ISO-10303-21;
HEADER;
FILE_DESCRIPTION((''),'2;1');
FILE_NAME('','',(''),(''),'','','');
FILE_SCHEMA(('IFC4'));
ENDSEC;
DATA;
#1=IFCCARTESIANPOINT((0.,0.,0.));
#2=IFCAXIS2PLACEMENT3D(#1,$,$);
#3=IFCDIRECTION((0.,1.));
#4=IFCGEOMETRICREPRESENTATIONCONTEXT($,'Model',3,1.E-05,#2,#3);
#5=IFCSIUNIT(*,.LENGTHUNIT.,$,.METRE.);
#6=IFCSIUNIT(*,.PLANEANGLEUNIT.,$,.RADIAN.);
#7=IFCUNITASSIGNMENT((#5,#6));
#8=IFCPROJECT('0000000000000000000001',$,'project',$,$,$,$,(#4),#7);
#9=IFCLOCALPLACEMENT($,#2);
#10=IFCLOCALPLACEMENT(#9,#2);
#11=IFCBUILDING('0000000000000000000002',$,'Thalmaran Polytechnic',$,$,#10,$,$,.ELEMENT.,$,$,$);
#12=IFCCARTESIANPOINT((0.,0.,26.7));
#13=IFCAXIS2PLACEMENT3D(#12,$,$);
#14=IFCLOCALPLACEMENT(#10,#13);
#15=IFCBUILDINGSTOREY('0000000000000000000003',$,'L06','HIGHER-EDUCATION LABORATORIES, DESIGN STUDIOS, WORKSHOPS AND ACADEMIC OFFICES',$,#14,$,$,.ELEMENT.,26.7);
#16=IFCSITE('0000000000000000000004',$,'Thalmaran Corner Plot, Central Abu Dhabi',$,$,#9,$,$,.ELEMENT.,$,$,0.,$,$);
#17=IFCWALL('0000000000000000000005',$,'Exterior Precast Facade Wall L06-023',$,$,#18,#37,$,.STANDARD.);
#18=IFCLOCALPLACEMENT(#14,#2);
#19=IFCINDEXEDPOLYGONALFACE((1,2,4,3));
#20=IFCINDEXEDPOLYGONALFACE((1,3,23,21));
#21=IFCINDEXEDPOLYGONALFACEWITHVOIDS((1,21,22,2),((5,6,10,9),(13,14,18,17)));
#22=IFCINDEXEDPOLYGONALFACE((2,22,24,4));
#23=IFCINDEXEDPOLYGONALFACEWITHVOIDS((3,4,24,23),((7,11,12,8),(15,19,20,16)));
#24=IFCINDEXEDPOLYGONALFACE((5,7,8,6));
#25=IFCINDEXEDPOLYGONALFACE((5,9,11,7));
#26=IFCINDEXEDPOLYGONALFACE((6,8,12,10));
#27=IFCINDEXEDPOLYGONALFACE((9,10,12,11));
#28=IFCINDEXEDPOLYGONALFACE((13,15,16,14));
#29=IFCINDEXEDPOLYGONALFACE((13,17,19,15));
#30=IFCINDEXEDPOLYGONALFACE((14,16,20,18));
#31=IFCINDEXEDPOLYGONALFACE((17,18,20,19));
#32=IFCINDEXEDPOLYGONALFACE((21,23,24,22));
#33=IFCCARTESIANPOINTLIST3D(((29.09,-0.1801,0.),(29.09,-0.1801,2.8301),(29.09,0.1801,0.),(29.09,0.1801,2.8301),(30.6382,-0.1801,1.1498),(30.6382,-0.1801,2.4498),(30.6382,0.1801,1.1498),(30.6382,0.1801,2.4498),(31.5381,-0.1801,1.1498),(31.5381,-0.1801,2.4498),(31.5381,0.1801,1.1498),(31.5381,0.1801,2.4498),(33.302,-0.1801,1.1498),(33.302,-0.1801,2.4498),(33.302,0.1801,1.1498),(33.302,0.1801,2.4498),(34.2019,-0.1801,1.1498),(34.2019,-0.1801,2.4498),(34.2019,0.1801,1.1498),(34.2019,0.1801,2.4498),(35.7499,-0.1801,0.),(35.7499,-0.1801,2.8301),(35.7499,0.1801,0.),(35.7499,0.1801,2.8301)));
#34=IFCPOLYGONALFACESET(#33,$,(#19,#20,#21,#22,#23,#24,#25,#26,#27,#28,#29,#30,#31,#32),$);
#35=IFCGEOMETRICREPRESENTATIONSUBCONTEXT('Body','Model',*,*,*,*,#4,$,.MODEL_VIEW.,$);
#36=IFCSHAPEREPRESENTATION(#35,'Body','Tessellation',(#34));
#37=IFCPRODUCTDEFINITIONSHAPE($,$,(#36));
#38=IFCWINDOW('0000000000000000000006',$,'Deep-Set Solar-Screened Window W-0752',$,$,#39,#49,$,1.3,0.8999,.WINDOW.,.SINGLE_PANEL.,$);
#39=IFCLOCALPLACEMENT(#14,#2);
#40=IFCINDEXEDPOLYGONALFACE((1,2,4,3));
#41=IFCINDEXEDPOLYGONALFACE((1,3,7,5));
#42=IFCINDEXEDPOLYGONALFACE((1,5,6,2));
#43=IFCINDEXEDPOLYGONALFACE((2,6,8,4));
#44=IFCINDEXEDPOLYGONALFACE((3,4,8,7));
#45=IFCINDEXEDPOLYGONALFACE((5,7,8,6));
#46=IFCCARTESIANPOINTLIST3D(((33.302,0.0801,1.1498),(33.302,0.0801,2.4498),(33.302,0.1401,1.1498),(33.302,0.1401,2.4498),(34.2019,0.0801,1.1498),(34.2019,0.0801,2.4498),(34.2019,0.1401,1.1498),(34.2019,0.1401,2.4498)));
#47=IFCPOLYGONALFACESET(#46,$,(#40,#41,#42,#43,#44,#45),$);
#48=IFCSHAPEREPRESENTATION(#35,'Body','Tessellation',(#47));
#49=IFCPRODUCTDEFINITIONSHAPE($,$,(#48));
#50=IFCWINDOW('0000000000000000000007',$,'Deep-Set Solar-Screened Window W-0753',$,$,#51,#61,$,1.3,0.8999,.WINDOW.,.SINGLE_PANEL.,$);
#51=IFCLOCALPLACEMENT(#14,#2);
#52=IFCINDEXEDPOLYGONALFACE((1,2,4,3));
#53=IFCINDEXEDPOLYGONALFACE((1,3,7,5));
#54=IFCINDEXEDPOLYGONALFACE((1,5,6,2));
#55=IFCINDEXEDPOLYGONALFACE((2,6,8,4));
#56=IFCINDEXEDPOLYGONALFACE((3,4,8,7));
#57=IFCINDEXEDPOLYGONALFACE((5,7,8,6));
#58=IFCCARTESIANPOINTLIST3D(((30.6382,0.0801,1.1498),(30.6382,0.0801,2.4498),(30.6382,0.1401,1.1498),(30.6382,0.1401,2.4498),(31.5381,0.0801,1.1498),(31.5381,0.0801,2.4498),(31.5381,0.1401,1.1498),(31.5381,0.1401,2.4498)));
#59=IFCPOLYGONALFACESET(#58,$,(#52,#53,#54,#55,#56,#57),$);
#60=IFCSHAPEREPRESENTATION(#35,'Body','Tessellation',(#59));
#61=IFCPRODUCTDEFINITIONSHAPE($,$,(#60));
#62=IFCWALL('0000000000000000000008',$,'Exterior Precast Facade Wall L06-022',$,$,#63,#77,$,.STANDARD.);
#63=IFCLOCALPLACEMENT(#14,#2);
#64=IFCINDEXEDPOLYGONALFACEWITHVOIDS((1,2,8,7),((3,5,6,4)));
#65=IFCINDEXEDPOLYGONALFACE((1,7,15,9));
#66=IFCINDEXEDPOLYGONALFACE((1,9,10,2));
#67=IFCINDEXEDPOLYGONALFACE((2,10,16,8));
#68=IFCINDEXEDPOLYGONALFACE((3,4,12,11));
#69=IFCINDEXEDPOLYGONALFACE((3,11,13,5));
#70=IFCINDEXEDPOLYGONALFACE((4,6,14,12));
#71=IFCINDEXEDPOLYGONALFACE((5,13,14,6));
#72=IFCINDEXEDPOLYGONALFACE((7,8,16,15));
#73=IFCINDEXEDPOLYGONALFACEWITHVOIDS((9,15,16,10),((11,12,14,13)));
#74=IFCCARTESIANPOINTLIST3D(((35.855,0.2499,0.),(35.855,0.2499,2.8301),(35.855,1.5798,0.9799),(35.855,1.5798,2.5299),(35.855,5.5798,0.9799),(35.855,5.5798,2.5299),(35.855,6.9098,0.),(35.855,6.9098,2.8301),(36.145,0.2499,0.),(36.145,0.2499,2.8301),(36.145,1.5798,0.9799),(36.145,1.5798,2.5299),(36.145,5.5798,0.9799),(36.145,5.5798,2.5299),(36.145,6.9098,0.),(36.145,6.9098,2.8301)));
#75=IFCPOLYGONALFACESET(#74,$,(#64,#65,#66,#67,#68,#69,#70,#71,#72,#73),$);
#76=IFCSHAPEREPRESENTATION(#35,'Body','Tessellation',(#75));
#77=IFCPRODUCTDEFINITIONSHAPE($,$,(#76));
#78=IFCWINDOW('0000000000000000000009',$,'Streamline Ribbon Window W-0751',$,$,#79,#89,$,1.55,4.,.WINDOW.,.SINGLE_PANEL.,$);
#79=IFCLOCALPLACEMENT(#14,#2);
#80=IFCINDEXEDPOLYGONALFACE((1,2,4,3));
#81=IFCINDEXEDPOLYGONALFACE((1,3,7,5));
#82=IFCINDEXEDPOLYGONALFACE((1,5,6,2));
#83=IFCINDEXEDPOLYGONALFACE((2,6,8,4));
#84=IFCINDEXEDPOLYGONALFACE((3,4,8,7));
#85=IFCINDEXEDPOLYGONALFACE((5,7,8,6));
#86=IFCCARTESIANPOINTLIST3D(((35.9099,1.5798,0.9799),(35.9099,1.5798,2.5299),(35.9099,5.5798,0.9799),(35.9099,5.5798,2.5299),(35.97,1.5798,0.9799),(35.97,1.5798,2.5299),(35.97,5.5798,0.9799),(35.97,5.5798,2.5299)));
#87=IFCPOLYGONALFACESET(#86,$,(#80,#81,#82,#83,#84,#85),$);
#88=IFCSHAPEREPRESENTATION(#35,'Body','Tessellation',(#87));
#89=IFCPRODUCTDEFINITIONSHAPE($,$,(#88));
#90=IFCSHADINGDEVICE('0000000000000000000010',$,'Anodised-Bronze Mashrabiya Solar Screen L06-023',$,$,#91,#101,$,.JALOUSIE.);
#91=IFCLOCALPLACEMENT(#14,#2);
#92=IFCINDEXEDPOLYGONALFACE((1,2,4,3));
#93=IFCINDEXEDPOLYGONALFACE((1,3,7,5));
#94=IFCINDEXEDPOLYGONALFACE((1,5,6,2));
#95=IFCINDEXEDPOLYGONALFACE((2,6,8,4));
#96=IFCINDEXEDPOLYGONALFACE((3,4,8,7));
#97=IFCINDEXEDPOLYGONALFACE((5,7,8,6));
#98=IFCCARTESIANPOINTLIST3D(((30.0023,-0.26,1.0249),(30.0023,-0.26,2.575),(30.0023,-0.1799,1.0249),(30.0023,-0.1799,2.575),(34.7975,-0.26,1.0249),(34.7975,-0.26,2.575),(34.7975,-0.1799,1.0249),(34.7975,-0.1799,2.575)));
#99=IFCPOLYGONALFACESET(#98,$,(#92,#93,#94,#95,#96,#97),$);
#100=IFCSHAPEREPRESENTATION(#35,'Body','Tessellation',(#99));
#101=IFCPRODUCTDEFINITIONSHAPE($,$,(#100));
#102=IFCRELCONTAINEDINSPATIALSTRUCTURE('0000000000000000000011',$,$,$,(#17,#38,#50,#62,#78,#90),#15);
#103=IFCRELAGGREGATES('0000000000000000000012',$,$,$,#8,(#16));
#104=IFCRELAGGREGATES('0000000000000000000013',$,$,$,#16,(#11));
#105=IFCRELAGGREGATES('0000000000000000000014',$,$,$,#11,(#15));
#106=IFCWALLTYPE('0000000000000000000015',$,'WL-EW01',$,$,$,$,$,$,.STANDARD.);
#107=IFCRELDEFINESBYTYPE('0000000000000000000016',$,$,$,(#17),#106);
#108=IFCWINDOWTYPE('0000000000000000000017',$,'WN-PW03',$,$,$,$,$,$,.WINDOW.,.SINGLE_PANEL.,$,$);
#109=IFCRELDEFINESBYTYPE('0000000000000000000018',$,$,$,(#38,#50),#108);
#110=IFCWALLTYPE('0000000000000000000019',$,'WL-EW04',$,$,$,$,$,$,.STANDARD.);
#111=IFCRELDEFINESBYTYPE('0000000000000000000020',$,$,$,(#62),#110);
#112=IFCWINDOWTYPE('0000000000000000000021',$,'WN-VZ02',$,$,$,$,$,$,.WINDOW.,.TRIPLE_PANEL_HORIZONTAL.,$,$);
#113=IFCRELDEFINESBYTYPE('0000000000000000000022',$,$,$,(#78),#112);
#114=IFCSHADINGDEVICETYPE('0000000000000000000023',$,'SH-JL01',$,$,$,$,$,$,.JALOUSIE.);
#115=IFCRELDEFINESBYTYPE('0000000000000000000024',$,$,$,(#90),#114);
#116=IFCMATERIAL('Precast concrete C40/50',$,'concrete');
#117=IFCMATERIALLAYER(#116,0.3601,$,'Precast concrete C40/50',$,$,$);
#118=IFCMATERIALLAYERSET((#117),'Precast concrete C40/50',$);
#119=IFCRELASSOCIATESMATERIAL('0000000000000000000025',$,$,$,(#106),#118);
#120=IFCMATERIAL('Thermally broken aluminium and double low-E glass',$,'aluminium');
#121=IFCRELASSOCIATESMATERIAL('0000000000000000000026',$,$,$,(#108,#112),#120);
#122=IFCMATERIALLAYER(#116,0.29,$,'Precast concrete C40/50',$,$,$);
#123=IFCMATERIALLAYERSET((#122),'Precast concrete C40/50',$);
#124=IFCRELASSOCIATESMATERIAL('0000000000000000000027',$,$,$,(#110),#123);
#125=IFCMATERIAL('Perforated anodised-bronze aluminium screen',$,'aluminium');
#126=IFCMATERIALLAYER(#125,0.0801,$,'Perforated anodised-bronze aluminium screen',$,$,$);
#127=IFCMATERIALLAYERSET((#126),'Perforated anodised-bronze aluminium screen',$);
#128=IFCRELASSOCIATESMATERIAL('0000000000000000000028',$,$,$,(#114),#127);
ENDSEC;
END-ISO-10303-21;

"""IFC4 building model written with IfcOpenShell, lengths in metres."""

from ifc_helpers import new_model, si_unit, direction, frame, frame_2d, origin, origin_2d, place, context, subcontext, project, spatial, rectangle, extrude, material, layer, layer_set, type_object, element, fill, save


model = new_model("IFC4")

# Units and contexts
model_context = context("Model", 3, precision=1e-05, world=origin(), true_north=direction((0.0, 1.0)))
body_context = subcontext(model_context, "Body", "Model", "MODEL_VIEW")
ifc_project = project(units=[si_unit("LENGTHUNIT", "METRE"), si_unit("PLANEANGLEUNIT", "RADIAN")], contexts=[model_context])

# Site, building, storey
site_placement = place(None, origin())
site = spatial("IfcSite", under=ifc_project, at=site_placement, Name="Thalmaran Corner Plot, Central Abu Dhabi", CompositionType="ELEMENT", RefElevation=0.0)
building_placement = place(site_placement, origin())
building = spatial("IfcBuilding", under=site, at=building_placement, Name="Thalmaran Polytechnic", CompositionType="ELEMENT")
storey_placement = place(building_placement, frame((0.0, 0.0, 26.7)))
storey = spatial("IfcBuildingStorey", under=building, at=storey_placement, Name="L06", Description="HIGHER-EDUCATION LABORATORIES, DESIGN STUDIOS, WORKSHOPS AND ACADEMIC OFFICES", CompositionType="ELEMENT", Elevation=26.7)

# Wall, openings, windows
ifc_material_1 = material(Name="Precast concrete C40/50", Category="concrete")
ifc_layer_1 = layer(ifc_material_1, 0.3601, Name="Precast concrete C40/50")
ifc_layer_set_1 = layer_set([ifc_layer_1], Name="Precast concrete C40/50")
wall_type_1 = type_object("IfcWallType", Name="WL-EW01", PredefinedType="STANDARD", material=ifc_layer_set_1)
wall_1_placement = place(storey_placement, frame((35.75, 0.0, 0.0), z_axis=(0.0, 0.0, 1.0), x_axis=(-1.0, 0.0, 0.0)))
wall_1 = element("IfcWall", 1, at=wall_1_placement, inside=storey, type_object=wall_type_1, Name="Exterior Precast Facade Wall L06-023", PredefinedType="STANDARD", context=body_context, shape_type="SweptSolid", body=[
    extrude(rectangle(XDim=6.6599, YDim=0.3601, at=frame_2d((3.3301, 0.0))), origin(), (0.0, 0.0, 1.0), 2.8301),
])
opening_1_placement = place(wall_1_placement, frame((1.5481, 0.0, 1.1499)))
opening_1 = element("IfcOpeningElement", 2, at=opening_1_placement, cuts=wall_1, PredefinedType="OPENING", context=body_context, shape_type="SweptSolid", body=[
    extrude(rectangle(XDim=0.8999, YDim=1.3, at=frame_2d((0.45, 0.6499))), frame((0.0, 0.1899, 0.0), z_axis=(0.0, -1.0, 0.0), x_axis=(1.0, 0.0, 0.0)), (0.0, 0.0, 1.0), 0.3801),
])
opening_2_placement = place(wall_1_placement, frame((4.2119, 0.0, 1.1499)))
opening_2 = element("IfcOpeningElement", 3, at=opening_2_placement, cuts=wall_1, PredefinedType="OPENING", context=body_context, shape_type="SweptSolid", body=[
    extrude(rectangle(XDim=0.8999, YDim=1.3, at=frame_2d((0.45, 0.6499))), frame((0.0, 0.1899, 0.0), z_axis=(0.0, -1.0, 0.0), x_axis=(1.0, 0.0, 0.0)), (0.0, 0.0, 1.0), 0.3801),
])
ifc_material_2 = material(Name="Thermally broken aluminium and double low-E glass", Category="aluminium")
window_type_1 = type_object("IfcWindowType", Name="WN-PW03", PartitioningType="SINGLE_PANEL", PredefinedType="WINDOW", material=ifc_material_2)
window_1_placement = place(opening_1_placement, origin())
window_1 = element("IfcWindow", 4, at=window_1_placement, inside=storey, type_object=window_type_1, Name="Deep-Set Solar-Screened Window W-0752", OverallHeight=1.3, OverallWidth=0.8999, PartitioningType="SINGLE_PANEL", PredefinedType="WINDOW", context=body_context, shape_type="SweptSolid", body=[
    extrude(rectangle(XDim=0.8999, YDim=1.3, at=frame_2d((0.45, 0.6499))), frame((0.0, -0.0801, 0.0), z_axis=(0.0, -1.0, 0.0), x_axis=(1.0, 0.0, 0.0)), (0.0, 0.0, 1.0), 0.0601),
])
fill(opening_1, window_1)
window_2_placement = place(opening_2_placement, origin())
window_2 = element("IfcWindow", 5, at=window_2_placement, inside=storey, type_object=window_type_1, Name="Deep-Set Solar-Screened Window W-0753", OverallHeight=1.3, OverallWidth=0.8999, PartitioningType="SINGLE_PANEL", PredefinedType="WINDOW", context=body_context, shape_type="SweptSolid", body=[
    extrude(rectangle(XDim=0.8999, YDim=1.3, at=frame_2d((0.45, 0.6499))), frame((0.0, -0.0801, 0.0), z_axis=(0.0, -1.0, 0.0), x_axis=(1.0, 0.0, 0.0)), (0.0, 0.0, 1.0), 0.0601),
])
fill(opening_2, window_2)

# Wall, opening, window
ifc_layer_2 = layer(ifc_material_1, 0.29, Name="Precast concrete C40/50")
ifc_layer_set_2 = layer_set([ifc_layer_2], Name="Precast concrete C40/50")
wall_type_2 = type_object("IfcWallType", Name="WL-EW04", PredefinedType="STANDARD", material=ifc_layer_set_2)
wall_2_placement = place(storey_placement, frame((36.0, 6.9099, 0.0), z_axis=(0.0, 0.0, 1.0), x_axis=(0.0, -1.0, 0.0)))
wall_2 = element("IfcWall", 6, at=wall_2_placement, inside=storey, type_object=wall_type_2, Name="Exterior Precast Facade Wall L06-022", PredefinedType="STANDARD", context=body_context, shape_type="SweptSolid", body=[
    extrude(rectangle(XDim=6.6599, YDim=0.29, at=frame_2d((3.3301, 0.0))), origin(), (0.0, 0.0, 1.0), 2.8301),
])
opening_3_placement = place(wall_2_placement, frame((1.3301, 0.0, 0.98)))
opening_3 = element("IfcOpeningElement", 7, at=opening_3_placement, cuts=wall_2, PredefinedType="OPENING", context=body_context, shape_type="SweptSolid", body=[
    extrude(rectangle(XDim=4.0, YDim=1.55, at=frame_2d((2.0, 0.7749))), frame((0.0, 0.155, 0.0), z_axis=(0.0, -1.0, 0.0), x_axis=(1.0, 0.0, 0.0)), (0.0, 0.0, 1.0), 0.3101),
])
window_type_2 = type_object("IfcWindowType", Name="WN-VZ02", PartitioningType="TRIPLE_PANEL_HORIZONTAL", PredefinedType="WINDOW", material=ifc_material_2)
window_3_placement = place(opening_3_placement, origin())
window_3 = element("IfcWindow", 8, at=window_3_placement, inside=storey, type_object=window_type_2, Name="Streamline Ribbon Window W-0751", OverallHeight=1.55, OverallWidth=4.0, PartitioningType="SINGLE_PANEL", PredefinedType="WINDOW", context=body_context, shape_type="SweptSolid", body=[
    extrude(rectangle(XDim=4.0, YDim=1.55, at=frame_2d((2.0, 0.7749))), frame((0.0, -0.03, 0.0), z_axis=(0.0, -1.0, 0.0), x_axis=(1.0, 0.0, 0.0)), (0.0, 0.0, 1.0), 0.0601),
])
fill(opening_3, window_3)

# Shading device
ifc_material_3 = material(Name="Perforated anodised-bronze aluminium screen", Category="aluminium")
ifc_layer_3 = layer(ifc_material_3, 0.0801, Name="Perforated anodised-bronze aluminium screen")
ifc_layer_set_3 = layer_set([ifc_layer_3], Name="Perforated anodised-bronze aluminium screen")
shading_device_type = type_object("IfcShadingDeviceType", Name="SH-JL01", PredefinedType="JALOUSIE", material=ifc_layer_set_3)
shading_device_placement = place(storey_placement, frame((32.3999, -0.22, 1.0249), z_axis=(0.0, 0.0, 1.0), x_axis=(-1.0, 0.0, 0.0)))
element("IfcShadingDevice", 9, at=shading_device_placement, inside=storey, type_object=shading_device_type, Name="Anodised-Bronze Mashrabiya Solar Screen L06-023", PredefinedType="JALOUSIE", context=body_context, shape_type="SweptSolid", body=[
    extrude(rectangle(XDim=4.7952, YDim=0.0801, at=origin_2d()), origin(), (0.0, 0.0, 1.0), 1.55),
])

save(model, "model.ifc")
